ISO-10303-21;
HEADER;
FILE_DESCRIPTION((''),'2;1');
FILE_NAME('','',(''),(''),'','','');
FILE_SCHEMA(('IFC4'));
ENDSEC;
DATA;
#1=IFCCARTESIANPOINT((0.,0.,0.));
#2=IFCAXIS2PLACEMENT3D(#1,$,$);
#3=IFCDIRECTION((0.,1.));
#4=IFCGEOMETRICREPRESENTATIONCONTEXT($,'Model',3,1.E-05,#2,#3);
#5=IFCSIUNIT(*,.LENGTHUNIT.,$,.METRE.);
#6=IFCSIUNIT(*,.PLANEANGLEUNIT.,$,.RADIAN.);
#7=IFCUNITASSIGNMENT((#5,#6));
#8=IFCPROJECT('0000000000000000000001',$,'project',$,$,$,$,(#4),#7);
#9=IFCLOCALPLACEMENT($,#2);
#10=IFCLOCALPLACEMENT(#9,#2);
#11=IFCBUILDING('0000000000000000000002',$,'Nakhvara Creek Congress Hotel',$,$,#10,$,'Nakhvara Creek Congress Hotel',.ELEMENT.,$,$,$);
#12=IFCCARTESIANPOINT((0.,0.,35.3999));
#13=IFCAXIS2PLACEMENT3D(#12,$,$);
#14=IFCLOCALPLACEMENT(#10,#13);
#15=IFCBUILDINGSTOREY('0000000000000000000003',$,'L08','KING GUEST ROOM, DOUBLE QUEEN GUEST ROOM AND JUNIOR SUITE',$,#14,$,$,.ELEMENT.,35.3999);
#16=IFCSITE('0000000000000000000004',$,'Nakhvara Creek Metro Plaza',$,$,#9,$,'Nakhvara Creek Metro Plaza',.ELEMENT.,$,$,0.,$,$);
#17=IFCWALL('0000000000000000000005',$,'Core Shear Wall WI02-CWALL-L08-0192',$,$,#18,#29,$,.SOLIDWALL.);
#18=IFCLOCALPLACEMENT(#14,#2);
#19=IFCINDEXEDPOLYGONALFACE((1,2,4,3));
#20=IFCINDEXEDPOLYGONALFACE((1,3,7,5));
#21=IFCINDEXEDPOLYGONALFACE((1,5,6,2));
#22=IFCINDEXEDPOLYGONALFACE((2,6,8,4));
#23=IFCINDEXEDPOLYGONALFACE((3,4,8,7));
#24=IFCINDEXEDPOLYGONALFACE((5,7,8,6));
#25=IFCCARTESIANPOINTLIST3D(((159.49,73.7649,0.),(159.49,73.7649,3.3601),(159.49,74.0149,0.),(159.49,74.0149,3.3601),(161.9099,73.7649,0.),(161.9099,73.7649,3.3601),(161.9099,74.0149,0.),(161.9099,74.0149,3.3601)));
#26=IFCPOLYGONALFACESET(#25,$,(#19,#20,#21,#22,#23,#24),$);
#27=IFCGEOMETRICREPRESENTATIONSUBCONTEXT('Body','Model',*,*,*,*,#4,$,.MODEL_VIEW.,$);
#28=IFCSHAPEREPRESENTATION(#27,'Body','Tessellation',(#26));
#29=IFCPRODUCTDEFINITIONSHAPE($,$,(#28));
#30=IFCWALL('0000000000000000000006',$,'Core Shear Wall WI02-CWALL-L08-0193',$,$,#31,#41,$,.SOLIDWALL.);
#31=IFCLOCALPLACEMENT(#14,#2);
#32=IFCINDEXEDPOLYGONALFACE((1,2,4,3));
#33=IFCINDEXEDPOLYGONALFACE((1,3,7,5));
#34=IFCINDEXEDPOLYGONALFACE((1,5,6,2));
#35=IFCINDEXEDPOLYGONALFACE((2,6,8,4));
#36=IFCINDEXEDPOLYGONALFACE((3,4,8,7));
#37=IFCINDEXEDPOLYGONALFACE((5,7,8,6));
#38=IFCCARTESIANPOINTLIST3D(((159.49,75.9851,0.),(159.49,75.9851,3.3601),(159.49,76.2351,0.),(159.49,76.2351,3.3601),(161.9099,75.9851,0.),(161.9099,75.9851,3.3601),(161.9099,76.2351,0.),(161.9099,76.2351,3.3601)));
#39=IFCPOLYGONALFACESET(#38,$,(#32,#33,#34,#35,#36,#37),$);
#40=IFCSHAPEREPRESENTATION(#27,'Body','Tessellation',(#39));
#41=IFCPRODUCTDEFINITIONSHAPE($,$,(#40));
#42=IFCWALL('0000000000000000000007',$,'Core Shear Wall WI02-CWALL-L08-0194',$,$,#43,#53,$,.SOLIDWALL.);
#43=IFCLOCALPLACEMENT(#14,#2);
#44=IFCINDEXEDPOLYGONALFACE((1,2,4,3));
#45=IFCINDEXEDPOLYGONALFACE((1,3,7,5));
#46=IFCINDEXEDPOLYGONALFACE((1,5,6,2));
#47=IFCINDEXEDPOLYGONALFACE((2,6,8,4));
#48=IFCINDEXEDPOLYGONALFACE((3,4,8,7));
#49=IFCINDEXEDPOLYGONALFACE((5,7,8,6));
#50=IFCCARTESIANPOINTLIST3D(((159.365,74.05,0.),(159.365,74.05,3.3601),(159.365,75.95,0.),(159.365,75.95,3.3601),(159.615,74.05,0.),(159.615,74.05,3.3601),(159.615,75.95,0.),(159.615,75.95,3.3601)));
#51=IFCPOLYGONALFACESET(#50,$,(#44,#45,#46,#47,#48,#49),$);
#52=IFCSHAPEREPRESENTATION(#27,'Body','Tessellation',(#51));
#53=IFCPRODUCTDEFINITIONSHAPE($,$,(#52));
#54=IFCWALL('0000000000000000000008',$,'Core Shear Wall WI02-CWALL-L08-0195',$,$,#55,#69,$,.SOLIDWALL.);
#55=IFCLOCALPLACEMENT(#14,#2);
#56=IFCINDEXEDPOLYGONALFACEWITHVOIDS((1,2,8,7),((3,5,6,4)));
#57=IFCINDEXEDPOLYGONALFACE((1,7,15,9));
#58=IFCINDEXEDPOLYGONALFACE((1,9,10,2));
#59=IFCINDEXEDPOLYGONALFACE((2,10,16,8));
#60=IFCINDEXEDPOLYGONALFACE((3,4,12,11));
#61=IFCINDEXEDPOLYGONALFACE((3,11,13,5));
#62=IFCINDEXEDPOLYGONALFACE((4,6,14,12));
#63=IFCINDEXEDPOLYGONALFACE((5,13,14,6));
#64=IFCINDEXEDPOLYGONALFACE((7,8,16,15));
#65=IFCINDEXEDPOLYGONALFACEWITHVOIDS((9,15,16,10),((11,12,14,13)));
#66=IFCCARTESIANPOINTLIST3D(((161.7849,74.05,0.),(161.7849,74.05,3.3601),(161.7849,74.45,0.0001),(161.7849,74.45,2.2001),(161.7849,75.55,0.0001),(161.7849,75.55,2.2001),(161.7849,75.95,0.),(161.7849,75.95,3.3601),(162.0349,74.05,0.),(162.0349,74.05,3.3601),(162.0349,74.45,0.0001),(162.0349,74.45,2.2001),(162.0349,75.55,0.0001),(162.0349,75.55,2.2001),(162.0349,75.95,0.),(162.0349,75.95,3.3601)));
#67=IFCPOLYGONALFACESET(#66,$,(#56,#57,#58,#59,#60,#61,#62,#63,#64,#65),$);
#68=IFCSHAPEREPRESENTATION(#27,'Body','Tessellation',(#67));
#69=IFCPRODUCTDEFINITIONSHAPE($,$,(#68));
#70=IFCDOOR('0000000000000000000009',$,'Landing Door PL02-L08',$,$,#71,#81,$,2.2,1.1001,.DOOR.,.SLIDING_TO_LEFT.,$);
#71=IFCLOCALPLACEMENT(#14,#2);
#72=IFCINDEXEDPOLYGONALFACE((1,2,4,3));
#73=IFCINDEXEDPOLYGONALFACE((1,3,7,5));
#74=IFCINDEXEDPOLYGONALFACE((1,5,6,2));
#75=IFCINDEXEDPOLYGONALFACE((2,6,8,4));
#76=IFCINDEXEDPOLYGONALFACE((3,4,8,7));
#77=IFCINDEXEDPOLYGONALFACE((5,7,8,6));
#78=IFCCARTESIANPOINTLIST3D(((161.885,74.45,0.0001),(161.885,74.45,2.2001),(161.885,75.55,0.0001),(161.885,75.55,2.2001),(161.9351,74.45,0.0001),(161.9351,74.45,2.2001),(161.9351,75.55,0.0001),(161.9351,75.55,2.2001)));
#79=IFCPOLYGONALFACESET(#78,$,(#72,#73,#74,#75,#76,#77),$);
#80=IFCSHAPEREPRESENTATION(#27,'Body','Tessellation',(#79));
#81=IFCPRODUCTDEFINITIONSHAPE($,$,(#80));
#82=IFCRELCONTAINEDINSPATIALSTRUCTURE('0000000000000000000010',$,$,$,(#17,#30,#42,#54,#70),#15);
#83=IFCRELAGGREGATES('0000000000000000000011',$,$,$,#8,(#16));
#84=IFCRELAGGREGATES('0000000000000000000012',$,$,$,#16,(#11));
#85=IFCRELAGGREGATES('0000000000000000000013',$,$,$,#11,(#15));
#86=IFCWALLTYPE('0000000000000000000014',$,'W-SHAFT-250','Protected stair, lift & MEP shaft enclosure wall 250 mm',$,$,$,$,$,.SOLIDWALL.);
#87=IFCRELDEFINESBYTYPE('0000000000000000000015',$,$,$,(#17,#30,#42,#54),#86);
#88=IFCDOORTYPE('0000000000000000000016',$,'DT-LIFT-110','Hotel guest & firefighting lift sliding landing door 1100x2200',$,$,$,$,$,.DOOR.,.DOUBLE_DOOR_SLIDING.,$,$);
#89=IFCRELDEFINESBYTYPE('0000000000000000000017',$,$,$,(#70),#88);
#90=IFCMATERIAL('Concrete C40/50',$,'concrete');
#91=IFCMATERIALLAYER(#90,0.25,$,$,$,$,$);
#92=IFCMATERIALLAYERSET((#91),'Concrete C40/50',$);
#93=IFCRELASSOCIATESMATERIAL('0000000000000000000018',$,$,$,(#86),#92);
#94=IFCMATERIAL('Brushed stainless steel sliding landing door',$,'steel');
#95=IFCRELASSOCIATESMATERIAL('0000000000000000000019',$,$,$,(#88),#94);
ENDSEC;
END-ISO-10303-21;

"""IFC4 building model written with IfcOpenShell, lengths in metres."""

from ifc_helpers import new_model, si_unit, direction, frame, frame_2d, origin, place, context, subcontext, project, spatial, rectangle, extrude, material, layer, layer_set, type_object, element, fill, save


model = new_model("IFC4")

# Units and contexts
model_context = context("Model", 3, precision=1e-05, world=origin(), true_north=direction((0.0, 1.0)))
body_context = subcontext(model_context, "Body", "Model", "MODEL_VIEW")
ifc_project = project(units=[si_unit("LENGTHUNIT", "METRE"), si_unit("PLANEANGLEUNIT", "RADIAN")], contexts=[model_context])

# Site, building, storey
site_placement = place(None, origin())
site = spatial("IfcSite", under=ifc_project, at=site_placement, Name="Nakhvara Creek Metro Plaza", LongName="Nakhvara Creek Metro Plaza", CompositionType="ELEMENT", RefElevation=0.0)
building_placement = place(site_placement, origin())
building = spatial("IfcBuilding", under=site, at=building_placement, Name="Nakhvara Creek Congress Hotel", LongName="Nakhvara Creek Congress Hotel", CompositionType="ELEMENT")
storey_placement = place(building_placement, frame((0.0, 0.0, 35.3999)))
storey = spatial("IfcBuildingStorey", under=building, at=storey_placement, Name="L08", Description="KING GUEST ROOM, DOUBLE QUEEN GUEST ROOM AND JUNIOR SUITE", CompositionType="ELEMENT", Elevation=35.3999)

# Shared definitions
ifc_material_1 = material(Name="Concrete C40/50", Category="concrete")

# Walls
ifc_layer_1 = layer(ifc_material_1, 0.25)
ifc_layer_set_1 = layer_set([ifc_layer_1], Name="Concrete C40/50")
wall_type_1 = type_object("IfcWallType", Name="W-SHAFT-250", Description="Protected stair, lift & MEP shaft enclosure wall 250 mm", PredefinedType="SOLIDWALL", material=ifc_layer_set_1)
for number, where, z_axis, x_axis, name in (
    (1, (159.49, 73.8899, 0.0), (0.0, 0.0, 1.0), (1.0, 0.0, 0.0), "Core Shear Wall WI02-CWALL-L08-0192"),
    (2, (159.49, 76.1101, 0.0), (0.0, 0.0, 1.0), (1.0, 0.0, 0.0), "Core Shear Wall WI02-CWALL-L08-0193"),
):
    element("IfcWall", number, at=place(storey_placement, frame(where, z_axis=z_axis, x_axis=x_axis)), inside=storey, type_object=wall_type_1, Name=name, PredefinedType="SOLIDWALL", context=body_context, shape_type="SweptSolid", body=[
        extrude(rectangle(XDim=2.4199, YDim=0.25, at=frame_2d((1.21, 0.0))), origin(), (0.0, 0.0, 1.0), 3.3601),
    ])
wall_1_placement = place(storey_placement, frame((159.49, 74.05, 0.0), z_axis=(0.0, 0.0, 1.0), x_axis=(0.0, 1.0, 0.0)))
element("IfcWall", 3, at=wall_1_placement, inside=storey, type_object=wall_type_1, Name="Core Shear Wall WI02-CWALL-L08-0194", PredefinedType="SOLIDWALL", context=body_context, shape_type="SweptSolid", body=[
    extrude(rectangle(XDim=1.8999, YDim=0.25, at=frame_2d((0.95, 0.0))), origin(), (0.0, 0.0, 1.0), 3.3601),
])

# Wall, opening, door
wall_2_placement = place(storey_placement, frame((161.9099, 74.05, 0.0), z_axis=(0.0, 0.0, 1.0), x_axis=(0.0, 1.0, 0.0)))
wall_2 = element("IfcWall", 4, at=wall_2_placement, inside=storey, type_object=wall_type_1, Name="Core Shear Wall WI02-CWALL-L08-0195", PredefinedType="SOLIDWALL", context=body_context, shape_type="SweptSolid", body=[
    extrude(rectangle(XDim=1.8999, YDim=0.25, at=frame_2d((0.95, 0.0))), origin(), (0.0, 0.0, 1.0), 3.3601),
])
opening_1_placement = place(wall_2_placement, frame((0.3999, 0.0, 0.0)))
opening_1 = element("IfcOpeningElement", 5, at=opening_1_placement, cuts=wall_2, PredefinedType="OPENING", context=body_context, shape_type="SweptSolid", body=[
    extrude(rectangle(XDim=1.1001, YDim=2.2, at=frame_2d((0.55, 1.1001))), frame((0.0, 0.137, 0.0), z_axis=(0.0, -1.0, 0.0), x_axis=(1.0, 0.0, 0.0)), (0.0, 0.0, 1.0), 0.2739),
])
ifc_material_2 = material(Name="Brushed stainless steel sliding landing door", Category="steel")
door_type_1 = type_object("IfcDoorType", Name="DT-LIFT-110", Description="Hotel guest & firefighting lift sliding landing door 1100x2200", OperationType="DOUBLE_DOOR_SLIDING", PredefinedType="DOOR", material=ifc_material_2)
door_1_placement = place(opening_1_placement, origin())
door_1 = element("IfcDoor", 6, at=door_1_placement, inside=storey, type_object=door_type_1, Name="Landing Door PL02-L08", OperationType="SLIDING_TO_LEFT", OverallHeight=2.2, OverallWidth=1.1001, PredefinedType="DOOR", context=body_context, shape_type="SweptSolid", body=[
    extrude(rectangle(XDim=1.1001, YDim=2.2, at=frame_2d((0.55, 1.1001))), frame((0.0, 0.0249, 0.0), z_axis=(0.0, -1.0, 0.0), x_axis=(1.0, 0.0, 0.0)), (0.0, 0.0, 1.0), 0.05),
])
fill(opening_1, door_1)

save(model, "model.ifc")
